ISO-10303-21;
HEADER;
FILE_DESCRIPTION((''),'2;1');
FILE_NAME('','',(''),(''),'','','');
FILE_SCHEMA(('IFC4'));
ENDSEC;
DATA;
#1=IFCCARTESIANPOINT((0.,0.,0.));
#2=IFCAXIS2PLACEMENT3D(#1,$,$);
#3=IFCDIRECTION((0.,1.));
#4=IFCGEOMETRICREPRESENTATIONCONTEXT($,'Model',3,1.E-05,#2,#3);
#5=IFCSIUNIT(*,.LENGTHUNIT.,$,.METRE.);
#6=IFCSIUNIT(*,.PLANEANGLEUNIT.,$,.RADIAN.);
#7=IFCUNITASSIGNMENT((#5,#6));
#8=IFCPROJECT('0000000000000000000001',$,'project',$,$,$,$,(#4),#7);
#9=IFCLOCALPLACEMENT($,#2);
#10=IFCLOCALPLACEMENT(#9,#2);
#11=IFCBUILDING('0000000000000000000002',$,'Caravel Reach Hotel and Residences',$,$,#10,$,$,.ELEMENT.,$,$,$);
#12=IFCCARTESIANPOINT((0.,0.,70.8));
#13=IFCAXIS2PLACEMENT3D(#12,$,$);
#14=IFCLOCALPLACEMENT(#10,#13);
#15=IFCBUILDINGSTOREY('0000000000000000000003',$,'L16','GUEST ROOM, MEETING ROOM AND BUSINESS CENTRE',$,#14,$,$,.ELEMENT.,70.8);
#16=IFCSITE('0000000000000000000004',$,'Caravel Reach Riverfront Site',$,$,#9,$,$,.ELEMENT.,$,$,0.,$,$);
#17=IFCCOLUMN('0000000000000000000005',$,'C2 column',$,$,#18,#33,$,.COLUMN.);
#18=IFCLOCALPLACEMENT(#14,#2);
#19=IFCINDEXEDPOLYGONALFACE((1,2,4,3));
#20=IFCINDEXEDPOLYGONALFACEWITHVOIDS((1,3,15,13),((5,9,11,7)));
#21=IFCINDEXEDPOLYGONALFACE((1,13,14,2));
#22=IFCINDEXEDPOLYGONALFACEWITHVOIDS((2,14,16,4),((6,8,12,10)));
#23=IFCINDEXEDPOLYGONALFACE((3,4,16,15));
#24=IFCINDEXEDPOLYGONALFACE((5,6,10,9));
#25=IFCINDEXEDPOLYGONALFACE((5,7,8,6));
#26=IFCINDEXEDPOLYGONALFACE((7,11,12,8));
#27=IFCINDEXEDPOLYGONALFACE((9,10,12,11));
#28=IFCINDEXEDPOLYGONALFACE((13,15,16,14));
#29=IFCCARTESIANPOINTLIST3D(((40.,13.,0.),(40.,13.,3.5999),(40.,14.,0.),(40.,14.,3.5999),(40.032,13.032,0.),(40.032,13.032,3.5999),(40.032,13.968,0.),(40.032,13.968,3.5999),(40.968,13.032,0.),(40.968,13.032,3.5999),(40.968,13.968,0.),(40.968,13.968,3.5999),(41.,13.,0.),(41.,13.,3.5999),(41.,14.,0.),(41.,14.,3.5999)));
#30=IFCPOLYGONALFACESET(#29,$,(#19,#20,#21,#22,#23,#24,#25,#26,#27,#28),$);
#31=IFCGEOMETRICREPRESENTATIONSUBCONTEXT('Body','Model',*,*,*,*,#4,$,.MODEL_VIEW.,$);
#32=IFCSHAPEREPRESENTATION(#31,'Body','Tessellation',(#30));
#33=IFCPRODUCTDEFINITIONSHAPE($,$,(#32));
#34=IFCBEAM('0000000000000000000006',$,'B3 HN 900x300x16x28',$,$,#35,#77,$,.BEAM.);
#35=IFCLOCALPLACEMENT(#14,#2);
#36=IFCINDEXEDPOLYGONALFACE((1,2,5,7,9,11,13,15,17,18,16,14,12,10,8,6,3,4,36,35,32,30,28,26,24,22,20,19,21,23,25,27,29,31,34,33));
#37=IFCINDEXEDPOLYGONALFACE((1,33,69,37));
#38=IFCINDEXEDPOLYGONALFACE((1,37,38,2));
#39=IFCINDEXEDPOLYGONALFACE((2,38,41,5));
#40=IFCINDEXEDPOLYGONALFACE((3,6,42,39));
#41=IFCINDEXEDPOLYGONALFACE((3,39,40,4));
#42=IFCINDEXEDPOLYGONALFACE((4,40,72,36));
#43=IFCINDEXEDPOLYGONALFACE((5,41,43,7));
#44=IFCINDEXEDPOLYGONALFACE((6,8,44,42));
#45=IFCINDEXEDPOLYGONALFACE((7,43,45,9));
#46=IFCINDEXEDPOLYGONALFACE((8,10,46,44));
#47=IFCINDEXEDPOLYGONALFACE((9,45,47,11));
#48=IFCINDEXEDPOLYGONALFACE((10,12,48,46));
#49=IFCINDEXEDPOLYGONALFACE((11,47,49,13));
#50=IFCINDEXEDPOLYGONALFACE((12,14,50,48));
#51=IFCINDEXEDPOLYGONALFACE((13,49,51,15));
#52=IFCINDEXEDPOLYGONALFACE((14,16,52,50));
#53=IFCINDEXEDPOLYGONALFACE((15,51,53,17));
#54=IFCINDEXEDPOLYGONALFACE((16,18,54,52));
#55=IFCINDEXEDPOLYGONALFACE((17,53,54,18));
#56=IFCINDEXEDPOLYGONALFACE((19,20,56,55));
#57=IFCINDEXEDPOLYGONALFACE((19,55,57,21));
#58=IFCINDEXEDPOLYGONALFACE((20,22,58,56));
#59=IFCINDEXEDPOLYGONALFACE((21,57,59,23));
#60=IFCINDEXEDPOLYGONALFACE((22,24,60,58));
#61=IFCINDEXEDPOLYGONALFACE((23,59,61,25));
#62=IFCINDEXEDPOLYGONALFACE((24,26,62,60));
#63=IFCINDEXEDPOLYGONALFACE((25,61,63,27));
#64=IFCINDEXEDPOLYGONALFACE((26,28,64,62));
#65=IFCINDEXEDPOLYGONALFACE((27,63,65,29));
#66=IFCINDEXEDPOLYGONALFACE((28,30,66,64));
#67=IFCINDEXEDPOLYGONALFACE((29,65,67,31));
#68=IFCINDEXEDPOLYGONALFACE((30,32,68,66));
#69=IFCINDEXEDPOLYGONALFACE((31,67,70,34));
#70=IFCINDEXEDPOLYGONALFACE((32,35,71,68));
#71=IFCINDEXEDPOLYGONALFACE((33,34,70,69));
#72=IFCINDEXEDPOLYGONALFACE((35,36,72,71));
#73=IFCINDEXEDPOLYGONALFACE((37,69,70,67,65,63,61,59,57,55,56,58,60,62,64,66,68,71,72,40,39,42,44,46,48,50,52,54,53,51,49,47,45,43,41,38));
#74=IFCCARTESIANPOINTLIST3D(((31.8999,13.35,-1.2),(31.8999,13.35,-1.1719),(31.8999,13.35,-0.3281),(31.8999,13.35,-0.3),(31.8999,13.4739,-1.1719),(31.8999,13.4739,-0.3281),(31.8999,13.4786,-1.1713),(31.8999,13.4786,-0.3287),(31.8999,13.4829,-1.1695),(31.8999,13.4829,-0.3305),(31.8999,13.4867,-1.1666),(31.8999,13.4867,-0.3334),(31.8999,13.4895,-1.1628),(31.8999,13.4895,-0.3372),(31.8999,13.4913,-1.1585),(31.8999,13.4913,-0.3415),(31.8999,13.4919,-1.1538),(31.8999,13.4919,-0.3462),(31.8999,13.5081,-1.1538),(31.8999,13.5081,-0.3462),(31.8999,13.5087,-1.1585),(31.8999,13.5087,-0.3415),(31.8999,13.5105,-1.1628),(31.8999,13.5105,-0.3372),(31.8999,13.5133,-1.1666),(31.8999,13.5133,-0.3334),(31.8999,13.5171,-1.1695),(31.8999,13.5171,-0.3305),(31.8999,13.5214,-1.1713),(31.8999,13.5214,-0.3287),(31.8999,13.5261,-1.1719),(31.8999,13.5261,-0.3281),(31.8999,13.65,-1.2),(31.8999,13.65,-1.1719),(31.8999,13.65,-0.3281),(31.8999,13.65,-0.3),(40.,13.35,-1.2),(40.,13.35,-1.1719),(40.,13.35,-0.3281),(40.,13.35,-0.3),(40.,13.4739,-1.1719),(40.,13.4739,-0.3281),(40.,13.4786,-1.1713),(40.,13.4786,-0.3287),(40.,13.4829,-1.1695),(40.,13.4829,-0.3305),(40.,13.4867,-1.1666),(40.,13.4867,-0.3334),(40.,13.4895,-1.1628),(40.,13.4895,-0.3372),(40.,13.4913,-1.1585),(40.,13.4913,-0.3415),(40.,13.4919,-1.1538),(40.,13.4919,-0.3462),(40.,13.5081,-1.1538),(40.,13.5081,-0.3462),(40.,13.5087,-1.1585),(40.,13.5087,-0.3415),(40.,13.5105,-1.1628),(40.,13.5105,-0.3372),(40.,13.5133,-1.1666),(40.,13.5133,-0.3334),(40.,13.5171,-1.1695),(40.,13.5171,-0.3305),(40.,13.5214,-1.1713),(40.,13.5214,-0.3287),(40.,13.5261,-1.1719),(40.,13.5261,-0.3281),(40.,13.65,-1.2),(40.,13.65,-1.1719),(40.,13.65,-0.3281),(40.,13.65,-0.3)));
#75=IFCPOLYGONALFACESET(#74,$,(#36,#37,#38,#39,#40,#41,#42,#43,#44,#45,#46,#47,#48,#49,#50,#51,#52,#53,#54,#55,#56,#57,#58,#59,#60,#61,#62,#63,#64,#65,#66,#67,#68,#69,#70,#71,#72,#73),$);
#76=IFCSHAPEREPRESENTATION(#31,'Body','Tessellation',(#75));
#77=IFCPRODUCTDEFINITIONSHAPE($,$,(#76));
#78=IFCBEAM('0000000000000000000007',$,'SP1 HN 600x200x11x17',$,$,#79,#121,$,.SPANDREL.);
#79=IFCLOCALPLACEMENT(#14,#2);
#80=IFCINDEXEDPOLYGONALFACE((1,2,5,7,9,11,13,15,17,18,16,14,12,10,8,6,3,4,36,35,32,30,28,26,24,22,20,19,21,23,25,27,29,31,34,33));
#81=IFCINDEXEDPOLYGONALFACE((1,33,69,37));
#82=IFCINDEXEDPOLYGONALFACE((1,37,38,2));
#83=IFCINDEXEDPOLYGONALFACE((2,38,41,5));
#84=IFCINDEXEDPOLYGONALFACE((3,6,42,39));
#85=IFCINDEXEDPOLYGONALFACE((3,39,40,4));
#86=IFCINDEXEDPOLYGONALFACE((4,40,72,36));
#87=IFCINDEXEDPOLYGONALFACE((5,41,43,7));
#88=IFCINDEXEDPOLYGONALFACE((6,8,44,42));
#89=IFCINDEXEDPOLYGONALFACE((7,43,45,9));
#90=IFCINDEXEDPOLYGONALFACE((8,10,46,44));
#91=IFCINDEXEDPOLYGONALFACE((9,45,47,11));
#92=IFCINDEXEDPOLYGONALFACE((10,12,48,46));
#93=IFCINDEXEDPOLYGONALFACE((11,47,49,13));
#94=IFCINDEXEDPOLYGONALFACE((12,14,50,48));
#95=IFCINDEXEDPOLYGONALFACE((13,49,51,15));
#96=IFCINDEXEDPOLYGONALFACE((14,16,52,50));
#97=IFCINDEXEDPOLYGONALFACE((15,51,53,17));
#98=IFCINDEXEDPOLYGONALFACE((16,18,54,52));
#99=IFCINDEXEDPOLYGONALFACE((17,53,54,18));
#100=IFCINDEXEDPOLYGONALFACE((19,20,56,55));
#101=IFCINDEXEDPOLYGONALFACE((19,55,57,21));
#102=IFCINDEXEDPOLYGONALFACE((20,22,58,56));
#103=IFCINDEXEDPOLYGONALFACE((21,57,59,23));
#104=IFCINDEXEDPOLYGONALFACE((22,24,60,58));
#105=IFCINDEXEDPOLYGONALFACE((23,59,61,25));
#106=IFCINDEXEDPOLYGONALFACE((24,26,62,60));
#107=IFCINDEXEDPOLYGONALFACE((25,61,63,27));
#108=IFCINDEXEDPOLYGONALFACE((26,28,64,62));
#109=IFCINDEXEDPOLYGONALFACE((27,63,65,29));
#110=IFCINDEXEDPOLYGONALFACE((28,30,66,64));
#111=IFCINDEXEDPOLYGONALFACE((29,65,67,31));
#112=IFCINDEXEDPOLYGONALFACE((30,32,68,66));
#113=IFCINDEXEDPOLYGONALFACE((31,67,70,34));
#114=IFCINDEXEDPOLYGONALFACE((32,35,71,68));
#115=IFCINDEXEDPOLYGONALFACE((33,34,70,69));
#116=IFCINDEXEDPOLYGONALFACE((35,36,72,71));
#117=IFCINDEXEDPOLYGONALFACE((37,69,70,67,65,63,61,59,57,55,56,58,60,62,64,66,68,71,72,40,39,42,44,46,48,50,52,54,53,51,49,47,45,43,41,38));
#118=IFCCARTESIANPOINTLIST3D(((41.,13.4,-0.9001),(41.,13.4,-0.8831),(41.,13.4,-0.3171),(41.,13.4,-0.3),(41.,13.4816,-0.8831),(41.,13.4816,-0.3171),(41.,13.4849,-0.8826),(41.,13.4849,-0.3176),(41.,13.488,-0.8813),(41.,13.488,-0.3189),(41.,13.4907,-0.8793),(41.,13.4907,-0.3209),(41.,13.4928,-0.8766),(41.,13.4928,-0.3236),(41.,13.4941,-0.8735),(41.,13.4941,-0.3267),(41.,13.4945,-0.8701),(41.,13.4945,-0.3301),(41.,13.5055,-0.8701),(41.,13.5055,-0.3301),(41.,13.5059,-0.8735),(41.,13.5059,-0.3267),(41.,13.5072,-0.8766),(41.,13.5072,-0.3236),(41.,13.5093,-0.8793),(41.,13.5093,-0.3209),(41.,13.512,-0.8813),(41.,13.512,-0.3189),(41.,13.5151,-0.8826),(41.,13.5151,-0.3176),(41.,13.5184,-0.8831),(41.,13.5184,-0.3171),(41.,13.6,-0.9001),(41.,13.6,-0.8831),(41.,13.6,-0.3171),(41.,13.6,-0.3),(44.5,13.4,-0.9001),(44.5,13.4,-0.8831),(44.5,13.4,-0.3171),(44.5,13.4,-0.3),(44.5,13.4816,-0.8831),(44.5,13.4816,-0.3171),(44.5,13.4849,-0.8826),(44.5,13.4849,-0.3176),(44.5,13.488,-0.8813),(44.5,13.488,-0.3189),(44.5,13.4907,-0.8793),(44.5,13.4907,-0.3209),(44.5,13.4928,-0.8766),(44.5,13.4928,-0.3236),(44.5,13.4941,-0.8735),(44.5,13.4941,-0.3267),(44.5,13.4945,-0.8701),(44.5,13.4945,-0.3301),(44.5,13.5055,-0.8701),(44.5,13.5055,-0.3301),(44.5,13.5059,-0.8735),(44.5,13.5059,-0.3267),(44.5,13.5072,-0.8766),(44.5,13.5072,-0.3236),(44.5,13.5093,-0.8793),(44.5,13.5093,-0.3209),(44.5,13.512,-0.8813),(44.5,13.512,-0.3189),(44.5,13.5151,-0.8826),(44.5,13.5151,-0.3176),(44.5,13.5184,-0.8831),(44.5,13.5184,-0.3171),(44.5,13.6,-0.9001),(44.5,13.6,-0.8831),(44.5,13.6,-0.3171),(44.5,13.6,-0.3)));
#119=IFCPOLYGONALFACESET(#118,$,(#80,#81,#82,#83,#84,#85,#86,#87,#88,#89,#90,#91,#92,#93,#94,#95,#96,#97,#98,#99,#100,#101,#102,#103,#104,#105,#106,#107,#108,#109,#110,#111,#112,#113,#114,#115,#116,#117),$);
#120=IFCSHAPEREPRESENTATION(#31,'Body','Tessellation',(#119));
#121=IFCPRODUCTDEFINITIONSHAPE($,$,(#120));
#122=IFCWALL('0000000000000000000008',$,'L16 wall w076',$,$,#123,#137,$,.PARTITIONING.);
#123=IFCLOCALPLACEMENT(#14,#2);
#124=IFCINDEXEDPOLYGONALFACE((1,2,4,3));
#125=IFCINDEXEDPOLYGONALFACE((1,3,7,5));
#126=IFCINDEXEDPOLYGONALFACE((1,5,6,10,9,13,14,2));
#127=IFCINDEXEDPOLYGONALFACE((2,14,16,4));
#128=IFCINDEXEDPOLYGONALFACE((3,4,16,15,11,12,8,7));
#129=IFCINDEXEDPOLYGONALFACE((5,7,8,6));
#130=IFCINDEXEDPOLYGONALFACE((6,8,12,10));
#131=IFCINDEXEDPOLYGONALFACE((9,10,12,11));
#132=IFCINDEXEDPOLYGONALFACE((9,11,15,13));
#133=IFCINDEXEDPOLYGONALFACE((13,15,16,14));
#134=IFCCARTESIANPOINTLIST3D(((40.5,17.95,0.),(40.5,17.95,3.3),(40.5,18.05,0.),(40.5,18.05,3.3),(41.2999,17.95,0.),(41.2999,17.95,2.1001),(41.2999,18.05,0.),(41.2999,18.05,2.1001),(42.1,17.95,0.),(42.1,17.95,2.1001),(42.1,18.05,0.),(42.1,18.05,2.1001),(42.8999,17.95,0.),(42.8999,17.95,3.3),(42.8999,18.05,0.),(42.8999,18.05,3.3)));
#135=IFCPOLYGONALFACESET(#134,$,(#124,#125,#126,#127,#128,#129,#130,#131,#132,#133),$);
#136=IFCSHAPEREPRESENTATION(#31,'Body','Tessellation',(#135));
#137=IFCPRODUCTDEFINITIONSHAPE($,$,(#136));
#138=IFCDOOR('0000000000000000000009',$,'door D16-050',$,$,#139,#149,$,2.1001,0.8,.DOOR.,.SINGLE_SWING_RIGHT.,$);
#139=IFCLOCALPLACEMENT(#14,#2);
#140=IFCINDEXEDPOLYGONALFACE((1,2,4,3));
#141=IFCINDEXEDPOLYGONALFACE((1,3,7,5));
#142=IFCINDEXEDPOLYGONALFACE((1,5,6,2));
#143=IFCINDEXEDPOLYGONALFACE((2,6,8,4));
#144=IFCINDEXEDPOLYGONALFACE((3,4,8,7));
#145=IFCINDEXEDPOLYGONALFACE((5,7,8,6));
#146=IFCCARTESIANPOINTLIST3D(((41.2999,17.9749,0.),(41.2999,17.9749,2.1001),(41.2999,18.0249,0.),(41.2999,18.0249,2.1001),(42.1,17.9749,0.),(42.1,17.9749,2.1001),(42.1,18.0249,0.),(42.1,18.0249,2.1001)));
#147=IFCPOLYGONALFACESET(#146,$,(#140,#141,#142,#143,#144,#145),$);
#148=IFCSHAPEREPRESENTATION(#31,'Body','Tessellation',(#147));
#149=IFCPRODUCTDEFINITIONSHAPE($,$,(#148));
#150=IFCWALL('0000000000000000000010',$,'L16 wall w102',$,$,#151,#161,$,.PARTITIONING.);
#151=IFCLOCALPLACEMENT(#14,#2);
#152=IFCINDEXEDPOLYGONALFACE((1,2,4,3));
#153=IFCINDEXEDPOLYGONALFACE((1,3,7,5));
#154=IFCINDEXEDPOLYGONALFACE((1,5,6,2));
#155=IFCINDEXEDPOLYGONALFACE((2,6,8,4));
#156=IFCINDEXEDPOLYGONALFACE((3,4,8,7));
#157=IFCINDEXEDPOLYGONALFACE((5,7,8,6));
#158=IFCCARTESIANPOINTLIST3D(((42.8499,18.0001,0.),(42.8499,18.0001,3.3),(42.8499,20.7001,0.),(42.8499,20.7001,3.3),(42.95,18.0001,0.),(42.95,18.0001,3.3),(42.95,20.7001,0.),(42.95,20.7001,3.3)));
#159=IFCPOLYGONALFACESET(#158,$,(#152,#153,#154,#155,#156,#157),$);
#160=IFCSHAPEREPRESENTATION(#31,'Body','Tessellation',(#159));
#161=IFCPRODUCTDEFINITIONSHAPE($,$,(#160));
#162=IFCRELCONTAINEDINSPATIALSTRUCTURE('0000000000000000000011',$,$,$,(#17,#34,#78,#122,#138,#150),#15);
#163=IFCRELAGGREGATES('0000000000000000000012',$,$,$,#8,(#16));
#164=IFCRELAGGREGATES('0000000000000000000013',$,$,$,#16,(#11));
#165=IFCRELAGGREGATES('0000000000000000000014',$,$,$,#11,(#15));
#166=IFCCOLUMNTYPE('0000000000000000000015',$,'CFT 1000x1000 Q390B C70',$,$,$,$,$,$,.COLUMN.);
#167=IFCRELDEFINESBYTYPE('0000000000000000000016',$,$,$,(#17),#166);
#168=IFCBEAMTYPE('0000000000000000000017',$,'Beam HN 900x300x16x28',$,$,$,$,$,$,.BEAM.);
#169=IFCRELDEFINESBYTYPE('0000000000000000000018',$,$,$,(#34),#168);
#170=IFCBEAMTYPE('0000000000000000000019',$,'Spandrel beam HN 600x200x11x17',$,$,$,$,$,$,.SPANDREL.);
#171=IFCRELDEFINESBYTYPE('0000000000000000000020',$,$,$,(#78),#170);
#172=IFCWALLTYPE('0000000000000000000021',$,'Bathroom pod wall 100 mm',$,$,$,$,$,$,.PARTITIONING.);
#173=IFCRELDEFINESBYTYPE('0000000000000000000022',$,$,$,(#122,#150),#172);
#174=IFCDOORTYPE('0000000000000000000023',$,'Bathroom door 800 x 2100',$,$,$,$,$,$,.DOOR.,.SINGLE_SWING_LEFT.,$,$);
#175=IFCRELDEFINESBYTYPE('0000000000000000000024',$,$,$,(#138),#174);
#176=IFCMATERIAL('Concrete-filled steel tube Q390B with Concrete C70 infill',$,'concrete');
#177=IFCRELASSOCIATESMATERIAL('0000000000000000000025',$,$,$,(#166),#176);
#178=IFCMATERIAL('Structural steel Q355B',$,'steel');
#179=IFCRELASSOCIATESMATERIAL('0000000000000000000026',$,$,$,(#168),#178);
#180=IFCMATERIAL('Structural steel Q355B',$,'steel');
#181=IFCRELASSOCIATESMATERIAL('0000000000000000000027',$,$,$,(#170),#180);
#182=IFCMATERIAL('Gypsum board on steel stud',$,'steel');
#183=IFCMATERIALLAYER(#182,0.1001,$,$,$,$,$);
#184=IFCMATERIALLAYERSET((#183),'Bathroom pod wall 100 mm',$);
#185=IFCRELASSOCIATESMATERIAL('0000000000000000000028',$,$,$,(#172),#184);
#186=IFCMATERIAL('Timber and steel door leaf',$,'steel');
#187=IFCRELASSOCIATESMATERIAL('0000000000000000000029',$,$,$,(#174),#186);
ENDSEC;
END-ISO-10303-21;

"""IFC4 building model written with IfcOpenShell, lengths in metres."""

from ifc_helpers import new_model, si_unit, direction, frame, frame_2d, origin, origin_2d, place, context, subcontext, project, spatial, rectangle, hollow_rectangle, i_section, extrude, material, layer, layer_set, material_profile, profile_set, type_object, element, fill, save


model = new_model("IFC4")

# Units and contexts
model_context = context("Model", 3, precision=1e-05, world=origin(), true_north=direction((0.0, 1.0)))
body_context = subcontext(model_context, "Body", "Model", "MODEL_VIEW")
ifc_project = project(units=[si_unit("LENGTHUNIT", "METRE"), si_unit("PLANEANGLEUNIT", "RADIAN")], contexts=[model_context])

# Site, building, storey
site_placement = place(None, origin())
site = spatial("IfcSite", under=ifc_project, at=site_placement, Name="Caravel Reach Riverfront Site", CompositionType="ELEMENT", RefElevation=0.0)
building_placement = place(site_placement, origin())
building = spatial("IfcBuilding", under=site, at=building_placement, Name="Caravel Reach Hotel and Residences", CompositionType="ELEMENT")
storey_placement = place(building_placement, frame((0.0, 0.0, 70.8)))
storey = spatial("IfcBuildingStorey", under=building, at=storey_placement, Name="L16", Description="GUEST ROOM, MEETING ROOM AND BUSINESS CENTRE", CompositionType="ELEMENT", Elevation=70.8)

# Column
ifc_material_1 = material(Name="Concrete-filled steel tube Q390B with Concrete C70 infill", Category="concrete")
ifc_material_profile_1 = material_profile(ifc_material_1, hollow_rectangle(XDim=1.0, YDim=1.0, WallThickness=0.032, at=origin_2d()), Name="RHS 1000x1000x32")
ifc_profile_set_1 = profile_set([ifc_material_profile_1], Name="Concrete-filled steel tube Q390B with Concrete C70 infill")
column_type = type_object("IfcColumnType", Name="CFT 1000x1000 Q390B C70", PredefinedType="COLUMN", material=ifc_profile_set_1)
column_placement = place(storey_placement, frame((40.5, 13.5, 0.0), z_axis=(0.0, 0.0, 1.0), x_axis=(1.0, 0.0, 0.0)))
element("IfcColumn", 1, at=column_placement, inside=storey, type_object=column_type, Name="C2 column", PredefinedType="COLUMN", context=body_context, shape_type="SweptSolid", body=[
    extrude(hollow_rectangle(XDim=1.0, YDim=1.0, WallThickness=0.032, at=origin_2d()), origin(), (0.0, 0.0, 1.0), 3.5999),
])

# Beams
ifc_material_2 = material(Name="Structural steel Q355B", Category="steel")
ifc_material_profile_2 = material_profile(ifc_material_2, i_section(OverallWidth=0.3, OverallDepth=0.8999, WebThickness=0.0161, FlangeThickness=0.0281, FilletRadius=0.0181, at=origin_2d()), Name="HN 900x300x16x28")
ifc_profile_set_2 = profile_set([ifc_material_profile_2], Name="Structural steel Q355B")
beam_type_1 = type_object("IfcBeamType", Name="Beam HN 900x300x16x28", PredefinedType="BEAM", material=ifc_profile_set_2)
beam_1_placement = place(storey_placement, frame((31.8999, 13.5, -0.75), z_axis=(1.0, 0.0, 0.0), x_axis=(0.0, 1.0, 0.0)))
element("IfcBeam", 2, at=beam_1_placement, inside=storey, type_object=beam_type_1, Name="B3 HN 900x300x16x28", PredefinedType="BEAM", context=body_context, shape_type="SweptSolid", body=[
    extrude(i_section(OverallWidth=0.3, OverallDepth=0.8999, WebThickness=0.0161, FlangeThickness=0.0281, FilletRadius=0.0181, at=origin_2d()), origin(), (0.0, 0.0, 1.0), 8.1001),
])
ifc_material_3 = material(Name="Structural steel Q355B", Category="steel")
ifc_material_profile_3 = material_profile(ifc_material_3, i_section(OverallWidth=0.2, OverallDepth=0.6001, WebThickness=0.011, FlangeThickness=0.0171, FilletRadius=0.0129, at=origin_2d()), Name="HN 600x200x11x17")
ifc_profile_set_3 = profile_set([ifc_material_profile_3], Name="Structural steel Q355B")
beam_type_2 = type_object("IfcBeamType", Name="Spandrel beam HN 600x200x11x17", PredefinedType="SPANDREL", material=ifc_profile_set_3)
beam_2_placement = place(storey_placement, frame((41.0, 13.5, -0.6001), z_axis=(1.0, 0.0, 0.0), x_axis=(0.0, 1.0, 0.0)))
element("IfcBeam", 3, at=beam_2_placement, inside=storey, type_object=beam_type_2, Name="SP1 HN 600x200x11x17", PredefinedType="SPANDREL", context=body_context, shape_type="SweptSolid", body=[
    extrude(i_section(OverallWidth=0.2, OverallDepth=0.6001, WebThickness=0.011, FlangeThickness=0.0171, FilletRadius=0.0129, at=origin_2d()), origin(), (0.0, 0.0, 1.0), 3.5),
])

# Wall, opening, door
ifc_material_4 = material(Name="Gypsum board on steel stud", Category="steel")
ifc_layer_1 = layer(ifc_material_4, 0.1001)
ifc_layer_set_1 = layer_set([ifc_layer_1], Name="Bathroom pod wall 100 mm")
wall_type_1 = type_object("IfcWallType", Name="Bathroom pod wall 100 mm", PredefinedType="PARTITIONING", material=ifc_layer_set_1)
wall_1_placement = place(storey_placement, frame((40.5, 18.0, 0.0), z_axis=(0.0, 0.0, 1.0), x_axis=(1.0, 0.0, 0.0)))
wall_1 = element("IfcWall", 4, at=wall_1_placement, inside=storey, type_object=wall_type_1, Name="L16 wall w076", PredefinedType="PARTITIONING", context=body_context, shape_type="SweptSolid", body=[
    extrude(rectangle(XDim=2.3999, YDim=0.1001, at=frame_2d((1.2, 0.0))), origin(), (0.0, 0.0, 1.0), 3.3),
])
opening_1_placement = place(wall_1_placement, frame((0.8, 0.0, 0.0)))
opening_1 = element("IfcOpeningElement", 5, at=opening_1_placement, cuts=wall_1, PredefinedType="OPENING", context=body_context, shape_type="SweptSolid", body=[
    extrude(rectangle(XDim=0.8, YDim=2.1001, at=frame_2d((0.3999, 1.05))), frame((0.0, 0.0601, 0.0), z_axis=(0.0, -1.0, 0.0), x_axis=(1.0, 0.0, 0.0)), (0.0, 0.0, 1.0), 0.1201),
])
ifc_material_5 = material(Name="Timber and steel door leaf", Category="steel")
door_type_1 = type_object("IfcDoorType", Name="Bathroom door 800 x 2100", OperationType="SINGLE_SWING_LEFT", PredefinedType="DOOR", material=ifc_material_5)
door_1_placement = place(opening_1_placement, origin())
door_1 = element("IfcDoor", 6, at=door_1_placement, inside=storey, type_object=door_type_1, Name="door D16-050", OperationType="SINGLE_SWING_RIGHT", OverallHeight=2.1001, OverallWidth=0.8, PredefinedType="DOOR", context=body_context, shape_type="SweptSolid", body=[
    extrude(rectangle(XDim=0.8, YDim=2.1001, at=frame_2d((0.3999, 1.05))), frame((0.0, 0.0249, 0.0), z_axis=(0.0, -1.0, 0.0), x_axis=(1.0, 0.0, 0.0)), (0.0, 0.0, 1.0), 0.05),
])
fill(opening_1, door_1)

# Wall
wall_2_placement = place(storey_placement, frame((42.8999, 18.0, 0.0), z_axis=(0.0, 0.0, 1.0), x_axis=(0.0, 1.0, 0.0)))
element("IfcWall", 7, at=wall_2_placement, inside=storey, type_object=wall_type_1, Name="L16 wall w102", PredefinedType="PARTITIONING", context=body_context, shape_type="SweptSolid", body=[
    extrude(rectangle(XDim=2.7, YDim=0.1001, at=frame_2d((1.3501, 0.0))), origin(), (0.0, 0.0, 1.0), 3.3),
])

save(model, "model.ifc")
